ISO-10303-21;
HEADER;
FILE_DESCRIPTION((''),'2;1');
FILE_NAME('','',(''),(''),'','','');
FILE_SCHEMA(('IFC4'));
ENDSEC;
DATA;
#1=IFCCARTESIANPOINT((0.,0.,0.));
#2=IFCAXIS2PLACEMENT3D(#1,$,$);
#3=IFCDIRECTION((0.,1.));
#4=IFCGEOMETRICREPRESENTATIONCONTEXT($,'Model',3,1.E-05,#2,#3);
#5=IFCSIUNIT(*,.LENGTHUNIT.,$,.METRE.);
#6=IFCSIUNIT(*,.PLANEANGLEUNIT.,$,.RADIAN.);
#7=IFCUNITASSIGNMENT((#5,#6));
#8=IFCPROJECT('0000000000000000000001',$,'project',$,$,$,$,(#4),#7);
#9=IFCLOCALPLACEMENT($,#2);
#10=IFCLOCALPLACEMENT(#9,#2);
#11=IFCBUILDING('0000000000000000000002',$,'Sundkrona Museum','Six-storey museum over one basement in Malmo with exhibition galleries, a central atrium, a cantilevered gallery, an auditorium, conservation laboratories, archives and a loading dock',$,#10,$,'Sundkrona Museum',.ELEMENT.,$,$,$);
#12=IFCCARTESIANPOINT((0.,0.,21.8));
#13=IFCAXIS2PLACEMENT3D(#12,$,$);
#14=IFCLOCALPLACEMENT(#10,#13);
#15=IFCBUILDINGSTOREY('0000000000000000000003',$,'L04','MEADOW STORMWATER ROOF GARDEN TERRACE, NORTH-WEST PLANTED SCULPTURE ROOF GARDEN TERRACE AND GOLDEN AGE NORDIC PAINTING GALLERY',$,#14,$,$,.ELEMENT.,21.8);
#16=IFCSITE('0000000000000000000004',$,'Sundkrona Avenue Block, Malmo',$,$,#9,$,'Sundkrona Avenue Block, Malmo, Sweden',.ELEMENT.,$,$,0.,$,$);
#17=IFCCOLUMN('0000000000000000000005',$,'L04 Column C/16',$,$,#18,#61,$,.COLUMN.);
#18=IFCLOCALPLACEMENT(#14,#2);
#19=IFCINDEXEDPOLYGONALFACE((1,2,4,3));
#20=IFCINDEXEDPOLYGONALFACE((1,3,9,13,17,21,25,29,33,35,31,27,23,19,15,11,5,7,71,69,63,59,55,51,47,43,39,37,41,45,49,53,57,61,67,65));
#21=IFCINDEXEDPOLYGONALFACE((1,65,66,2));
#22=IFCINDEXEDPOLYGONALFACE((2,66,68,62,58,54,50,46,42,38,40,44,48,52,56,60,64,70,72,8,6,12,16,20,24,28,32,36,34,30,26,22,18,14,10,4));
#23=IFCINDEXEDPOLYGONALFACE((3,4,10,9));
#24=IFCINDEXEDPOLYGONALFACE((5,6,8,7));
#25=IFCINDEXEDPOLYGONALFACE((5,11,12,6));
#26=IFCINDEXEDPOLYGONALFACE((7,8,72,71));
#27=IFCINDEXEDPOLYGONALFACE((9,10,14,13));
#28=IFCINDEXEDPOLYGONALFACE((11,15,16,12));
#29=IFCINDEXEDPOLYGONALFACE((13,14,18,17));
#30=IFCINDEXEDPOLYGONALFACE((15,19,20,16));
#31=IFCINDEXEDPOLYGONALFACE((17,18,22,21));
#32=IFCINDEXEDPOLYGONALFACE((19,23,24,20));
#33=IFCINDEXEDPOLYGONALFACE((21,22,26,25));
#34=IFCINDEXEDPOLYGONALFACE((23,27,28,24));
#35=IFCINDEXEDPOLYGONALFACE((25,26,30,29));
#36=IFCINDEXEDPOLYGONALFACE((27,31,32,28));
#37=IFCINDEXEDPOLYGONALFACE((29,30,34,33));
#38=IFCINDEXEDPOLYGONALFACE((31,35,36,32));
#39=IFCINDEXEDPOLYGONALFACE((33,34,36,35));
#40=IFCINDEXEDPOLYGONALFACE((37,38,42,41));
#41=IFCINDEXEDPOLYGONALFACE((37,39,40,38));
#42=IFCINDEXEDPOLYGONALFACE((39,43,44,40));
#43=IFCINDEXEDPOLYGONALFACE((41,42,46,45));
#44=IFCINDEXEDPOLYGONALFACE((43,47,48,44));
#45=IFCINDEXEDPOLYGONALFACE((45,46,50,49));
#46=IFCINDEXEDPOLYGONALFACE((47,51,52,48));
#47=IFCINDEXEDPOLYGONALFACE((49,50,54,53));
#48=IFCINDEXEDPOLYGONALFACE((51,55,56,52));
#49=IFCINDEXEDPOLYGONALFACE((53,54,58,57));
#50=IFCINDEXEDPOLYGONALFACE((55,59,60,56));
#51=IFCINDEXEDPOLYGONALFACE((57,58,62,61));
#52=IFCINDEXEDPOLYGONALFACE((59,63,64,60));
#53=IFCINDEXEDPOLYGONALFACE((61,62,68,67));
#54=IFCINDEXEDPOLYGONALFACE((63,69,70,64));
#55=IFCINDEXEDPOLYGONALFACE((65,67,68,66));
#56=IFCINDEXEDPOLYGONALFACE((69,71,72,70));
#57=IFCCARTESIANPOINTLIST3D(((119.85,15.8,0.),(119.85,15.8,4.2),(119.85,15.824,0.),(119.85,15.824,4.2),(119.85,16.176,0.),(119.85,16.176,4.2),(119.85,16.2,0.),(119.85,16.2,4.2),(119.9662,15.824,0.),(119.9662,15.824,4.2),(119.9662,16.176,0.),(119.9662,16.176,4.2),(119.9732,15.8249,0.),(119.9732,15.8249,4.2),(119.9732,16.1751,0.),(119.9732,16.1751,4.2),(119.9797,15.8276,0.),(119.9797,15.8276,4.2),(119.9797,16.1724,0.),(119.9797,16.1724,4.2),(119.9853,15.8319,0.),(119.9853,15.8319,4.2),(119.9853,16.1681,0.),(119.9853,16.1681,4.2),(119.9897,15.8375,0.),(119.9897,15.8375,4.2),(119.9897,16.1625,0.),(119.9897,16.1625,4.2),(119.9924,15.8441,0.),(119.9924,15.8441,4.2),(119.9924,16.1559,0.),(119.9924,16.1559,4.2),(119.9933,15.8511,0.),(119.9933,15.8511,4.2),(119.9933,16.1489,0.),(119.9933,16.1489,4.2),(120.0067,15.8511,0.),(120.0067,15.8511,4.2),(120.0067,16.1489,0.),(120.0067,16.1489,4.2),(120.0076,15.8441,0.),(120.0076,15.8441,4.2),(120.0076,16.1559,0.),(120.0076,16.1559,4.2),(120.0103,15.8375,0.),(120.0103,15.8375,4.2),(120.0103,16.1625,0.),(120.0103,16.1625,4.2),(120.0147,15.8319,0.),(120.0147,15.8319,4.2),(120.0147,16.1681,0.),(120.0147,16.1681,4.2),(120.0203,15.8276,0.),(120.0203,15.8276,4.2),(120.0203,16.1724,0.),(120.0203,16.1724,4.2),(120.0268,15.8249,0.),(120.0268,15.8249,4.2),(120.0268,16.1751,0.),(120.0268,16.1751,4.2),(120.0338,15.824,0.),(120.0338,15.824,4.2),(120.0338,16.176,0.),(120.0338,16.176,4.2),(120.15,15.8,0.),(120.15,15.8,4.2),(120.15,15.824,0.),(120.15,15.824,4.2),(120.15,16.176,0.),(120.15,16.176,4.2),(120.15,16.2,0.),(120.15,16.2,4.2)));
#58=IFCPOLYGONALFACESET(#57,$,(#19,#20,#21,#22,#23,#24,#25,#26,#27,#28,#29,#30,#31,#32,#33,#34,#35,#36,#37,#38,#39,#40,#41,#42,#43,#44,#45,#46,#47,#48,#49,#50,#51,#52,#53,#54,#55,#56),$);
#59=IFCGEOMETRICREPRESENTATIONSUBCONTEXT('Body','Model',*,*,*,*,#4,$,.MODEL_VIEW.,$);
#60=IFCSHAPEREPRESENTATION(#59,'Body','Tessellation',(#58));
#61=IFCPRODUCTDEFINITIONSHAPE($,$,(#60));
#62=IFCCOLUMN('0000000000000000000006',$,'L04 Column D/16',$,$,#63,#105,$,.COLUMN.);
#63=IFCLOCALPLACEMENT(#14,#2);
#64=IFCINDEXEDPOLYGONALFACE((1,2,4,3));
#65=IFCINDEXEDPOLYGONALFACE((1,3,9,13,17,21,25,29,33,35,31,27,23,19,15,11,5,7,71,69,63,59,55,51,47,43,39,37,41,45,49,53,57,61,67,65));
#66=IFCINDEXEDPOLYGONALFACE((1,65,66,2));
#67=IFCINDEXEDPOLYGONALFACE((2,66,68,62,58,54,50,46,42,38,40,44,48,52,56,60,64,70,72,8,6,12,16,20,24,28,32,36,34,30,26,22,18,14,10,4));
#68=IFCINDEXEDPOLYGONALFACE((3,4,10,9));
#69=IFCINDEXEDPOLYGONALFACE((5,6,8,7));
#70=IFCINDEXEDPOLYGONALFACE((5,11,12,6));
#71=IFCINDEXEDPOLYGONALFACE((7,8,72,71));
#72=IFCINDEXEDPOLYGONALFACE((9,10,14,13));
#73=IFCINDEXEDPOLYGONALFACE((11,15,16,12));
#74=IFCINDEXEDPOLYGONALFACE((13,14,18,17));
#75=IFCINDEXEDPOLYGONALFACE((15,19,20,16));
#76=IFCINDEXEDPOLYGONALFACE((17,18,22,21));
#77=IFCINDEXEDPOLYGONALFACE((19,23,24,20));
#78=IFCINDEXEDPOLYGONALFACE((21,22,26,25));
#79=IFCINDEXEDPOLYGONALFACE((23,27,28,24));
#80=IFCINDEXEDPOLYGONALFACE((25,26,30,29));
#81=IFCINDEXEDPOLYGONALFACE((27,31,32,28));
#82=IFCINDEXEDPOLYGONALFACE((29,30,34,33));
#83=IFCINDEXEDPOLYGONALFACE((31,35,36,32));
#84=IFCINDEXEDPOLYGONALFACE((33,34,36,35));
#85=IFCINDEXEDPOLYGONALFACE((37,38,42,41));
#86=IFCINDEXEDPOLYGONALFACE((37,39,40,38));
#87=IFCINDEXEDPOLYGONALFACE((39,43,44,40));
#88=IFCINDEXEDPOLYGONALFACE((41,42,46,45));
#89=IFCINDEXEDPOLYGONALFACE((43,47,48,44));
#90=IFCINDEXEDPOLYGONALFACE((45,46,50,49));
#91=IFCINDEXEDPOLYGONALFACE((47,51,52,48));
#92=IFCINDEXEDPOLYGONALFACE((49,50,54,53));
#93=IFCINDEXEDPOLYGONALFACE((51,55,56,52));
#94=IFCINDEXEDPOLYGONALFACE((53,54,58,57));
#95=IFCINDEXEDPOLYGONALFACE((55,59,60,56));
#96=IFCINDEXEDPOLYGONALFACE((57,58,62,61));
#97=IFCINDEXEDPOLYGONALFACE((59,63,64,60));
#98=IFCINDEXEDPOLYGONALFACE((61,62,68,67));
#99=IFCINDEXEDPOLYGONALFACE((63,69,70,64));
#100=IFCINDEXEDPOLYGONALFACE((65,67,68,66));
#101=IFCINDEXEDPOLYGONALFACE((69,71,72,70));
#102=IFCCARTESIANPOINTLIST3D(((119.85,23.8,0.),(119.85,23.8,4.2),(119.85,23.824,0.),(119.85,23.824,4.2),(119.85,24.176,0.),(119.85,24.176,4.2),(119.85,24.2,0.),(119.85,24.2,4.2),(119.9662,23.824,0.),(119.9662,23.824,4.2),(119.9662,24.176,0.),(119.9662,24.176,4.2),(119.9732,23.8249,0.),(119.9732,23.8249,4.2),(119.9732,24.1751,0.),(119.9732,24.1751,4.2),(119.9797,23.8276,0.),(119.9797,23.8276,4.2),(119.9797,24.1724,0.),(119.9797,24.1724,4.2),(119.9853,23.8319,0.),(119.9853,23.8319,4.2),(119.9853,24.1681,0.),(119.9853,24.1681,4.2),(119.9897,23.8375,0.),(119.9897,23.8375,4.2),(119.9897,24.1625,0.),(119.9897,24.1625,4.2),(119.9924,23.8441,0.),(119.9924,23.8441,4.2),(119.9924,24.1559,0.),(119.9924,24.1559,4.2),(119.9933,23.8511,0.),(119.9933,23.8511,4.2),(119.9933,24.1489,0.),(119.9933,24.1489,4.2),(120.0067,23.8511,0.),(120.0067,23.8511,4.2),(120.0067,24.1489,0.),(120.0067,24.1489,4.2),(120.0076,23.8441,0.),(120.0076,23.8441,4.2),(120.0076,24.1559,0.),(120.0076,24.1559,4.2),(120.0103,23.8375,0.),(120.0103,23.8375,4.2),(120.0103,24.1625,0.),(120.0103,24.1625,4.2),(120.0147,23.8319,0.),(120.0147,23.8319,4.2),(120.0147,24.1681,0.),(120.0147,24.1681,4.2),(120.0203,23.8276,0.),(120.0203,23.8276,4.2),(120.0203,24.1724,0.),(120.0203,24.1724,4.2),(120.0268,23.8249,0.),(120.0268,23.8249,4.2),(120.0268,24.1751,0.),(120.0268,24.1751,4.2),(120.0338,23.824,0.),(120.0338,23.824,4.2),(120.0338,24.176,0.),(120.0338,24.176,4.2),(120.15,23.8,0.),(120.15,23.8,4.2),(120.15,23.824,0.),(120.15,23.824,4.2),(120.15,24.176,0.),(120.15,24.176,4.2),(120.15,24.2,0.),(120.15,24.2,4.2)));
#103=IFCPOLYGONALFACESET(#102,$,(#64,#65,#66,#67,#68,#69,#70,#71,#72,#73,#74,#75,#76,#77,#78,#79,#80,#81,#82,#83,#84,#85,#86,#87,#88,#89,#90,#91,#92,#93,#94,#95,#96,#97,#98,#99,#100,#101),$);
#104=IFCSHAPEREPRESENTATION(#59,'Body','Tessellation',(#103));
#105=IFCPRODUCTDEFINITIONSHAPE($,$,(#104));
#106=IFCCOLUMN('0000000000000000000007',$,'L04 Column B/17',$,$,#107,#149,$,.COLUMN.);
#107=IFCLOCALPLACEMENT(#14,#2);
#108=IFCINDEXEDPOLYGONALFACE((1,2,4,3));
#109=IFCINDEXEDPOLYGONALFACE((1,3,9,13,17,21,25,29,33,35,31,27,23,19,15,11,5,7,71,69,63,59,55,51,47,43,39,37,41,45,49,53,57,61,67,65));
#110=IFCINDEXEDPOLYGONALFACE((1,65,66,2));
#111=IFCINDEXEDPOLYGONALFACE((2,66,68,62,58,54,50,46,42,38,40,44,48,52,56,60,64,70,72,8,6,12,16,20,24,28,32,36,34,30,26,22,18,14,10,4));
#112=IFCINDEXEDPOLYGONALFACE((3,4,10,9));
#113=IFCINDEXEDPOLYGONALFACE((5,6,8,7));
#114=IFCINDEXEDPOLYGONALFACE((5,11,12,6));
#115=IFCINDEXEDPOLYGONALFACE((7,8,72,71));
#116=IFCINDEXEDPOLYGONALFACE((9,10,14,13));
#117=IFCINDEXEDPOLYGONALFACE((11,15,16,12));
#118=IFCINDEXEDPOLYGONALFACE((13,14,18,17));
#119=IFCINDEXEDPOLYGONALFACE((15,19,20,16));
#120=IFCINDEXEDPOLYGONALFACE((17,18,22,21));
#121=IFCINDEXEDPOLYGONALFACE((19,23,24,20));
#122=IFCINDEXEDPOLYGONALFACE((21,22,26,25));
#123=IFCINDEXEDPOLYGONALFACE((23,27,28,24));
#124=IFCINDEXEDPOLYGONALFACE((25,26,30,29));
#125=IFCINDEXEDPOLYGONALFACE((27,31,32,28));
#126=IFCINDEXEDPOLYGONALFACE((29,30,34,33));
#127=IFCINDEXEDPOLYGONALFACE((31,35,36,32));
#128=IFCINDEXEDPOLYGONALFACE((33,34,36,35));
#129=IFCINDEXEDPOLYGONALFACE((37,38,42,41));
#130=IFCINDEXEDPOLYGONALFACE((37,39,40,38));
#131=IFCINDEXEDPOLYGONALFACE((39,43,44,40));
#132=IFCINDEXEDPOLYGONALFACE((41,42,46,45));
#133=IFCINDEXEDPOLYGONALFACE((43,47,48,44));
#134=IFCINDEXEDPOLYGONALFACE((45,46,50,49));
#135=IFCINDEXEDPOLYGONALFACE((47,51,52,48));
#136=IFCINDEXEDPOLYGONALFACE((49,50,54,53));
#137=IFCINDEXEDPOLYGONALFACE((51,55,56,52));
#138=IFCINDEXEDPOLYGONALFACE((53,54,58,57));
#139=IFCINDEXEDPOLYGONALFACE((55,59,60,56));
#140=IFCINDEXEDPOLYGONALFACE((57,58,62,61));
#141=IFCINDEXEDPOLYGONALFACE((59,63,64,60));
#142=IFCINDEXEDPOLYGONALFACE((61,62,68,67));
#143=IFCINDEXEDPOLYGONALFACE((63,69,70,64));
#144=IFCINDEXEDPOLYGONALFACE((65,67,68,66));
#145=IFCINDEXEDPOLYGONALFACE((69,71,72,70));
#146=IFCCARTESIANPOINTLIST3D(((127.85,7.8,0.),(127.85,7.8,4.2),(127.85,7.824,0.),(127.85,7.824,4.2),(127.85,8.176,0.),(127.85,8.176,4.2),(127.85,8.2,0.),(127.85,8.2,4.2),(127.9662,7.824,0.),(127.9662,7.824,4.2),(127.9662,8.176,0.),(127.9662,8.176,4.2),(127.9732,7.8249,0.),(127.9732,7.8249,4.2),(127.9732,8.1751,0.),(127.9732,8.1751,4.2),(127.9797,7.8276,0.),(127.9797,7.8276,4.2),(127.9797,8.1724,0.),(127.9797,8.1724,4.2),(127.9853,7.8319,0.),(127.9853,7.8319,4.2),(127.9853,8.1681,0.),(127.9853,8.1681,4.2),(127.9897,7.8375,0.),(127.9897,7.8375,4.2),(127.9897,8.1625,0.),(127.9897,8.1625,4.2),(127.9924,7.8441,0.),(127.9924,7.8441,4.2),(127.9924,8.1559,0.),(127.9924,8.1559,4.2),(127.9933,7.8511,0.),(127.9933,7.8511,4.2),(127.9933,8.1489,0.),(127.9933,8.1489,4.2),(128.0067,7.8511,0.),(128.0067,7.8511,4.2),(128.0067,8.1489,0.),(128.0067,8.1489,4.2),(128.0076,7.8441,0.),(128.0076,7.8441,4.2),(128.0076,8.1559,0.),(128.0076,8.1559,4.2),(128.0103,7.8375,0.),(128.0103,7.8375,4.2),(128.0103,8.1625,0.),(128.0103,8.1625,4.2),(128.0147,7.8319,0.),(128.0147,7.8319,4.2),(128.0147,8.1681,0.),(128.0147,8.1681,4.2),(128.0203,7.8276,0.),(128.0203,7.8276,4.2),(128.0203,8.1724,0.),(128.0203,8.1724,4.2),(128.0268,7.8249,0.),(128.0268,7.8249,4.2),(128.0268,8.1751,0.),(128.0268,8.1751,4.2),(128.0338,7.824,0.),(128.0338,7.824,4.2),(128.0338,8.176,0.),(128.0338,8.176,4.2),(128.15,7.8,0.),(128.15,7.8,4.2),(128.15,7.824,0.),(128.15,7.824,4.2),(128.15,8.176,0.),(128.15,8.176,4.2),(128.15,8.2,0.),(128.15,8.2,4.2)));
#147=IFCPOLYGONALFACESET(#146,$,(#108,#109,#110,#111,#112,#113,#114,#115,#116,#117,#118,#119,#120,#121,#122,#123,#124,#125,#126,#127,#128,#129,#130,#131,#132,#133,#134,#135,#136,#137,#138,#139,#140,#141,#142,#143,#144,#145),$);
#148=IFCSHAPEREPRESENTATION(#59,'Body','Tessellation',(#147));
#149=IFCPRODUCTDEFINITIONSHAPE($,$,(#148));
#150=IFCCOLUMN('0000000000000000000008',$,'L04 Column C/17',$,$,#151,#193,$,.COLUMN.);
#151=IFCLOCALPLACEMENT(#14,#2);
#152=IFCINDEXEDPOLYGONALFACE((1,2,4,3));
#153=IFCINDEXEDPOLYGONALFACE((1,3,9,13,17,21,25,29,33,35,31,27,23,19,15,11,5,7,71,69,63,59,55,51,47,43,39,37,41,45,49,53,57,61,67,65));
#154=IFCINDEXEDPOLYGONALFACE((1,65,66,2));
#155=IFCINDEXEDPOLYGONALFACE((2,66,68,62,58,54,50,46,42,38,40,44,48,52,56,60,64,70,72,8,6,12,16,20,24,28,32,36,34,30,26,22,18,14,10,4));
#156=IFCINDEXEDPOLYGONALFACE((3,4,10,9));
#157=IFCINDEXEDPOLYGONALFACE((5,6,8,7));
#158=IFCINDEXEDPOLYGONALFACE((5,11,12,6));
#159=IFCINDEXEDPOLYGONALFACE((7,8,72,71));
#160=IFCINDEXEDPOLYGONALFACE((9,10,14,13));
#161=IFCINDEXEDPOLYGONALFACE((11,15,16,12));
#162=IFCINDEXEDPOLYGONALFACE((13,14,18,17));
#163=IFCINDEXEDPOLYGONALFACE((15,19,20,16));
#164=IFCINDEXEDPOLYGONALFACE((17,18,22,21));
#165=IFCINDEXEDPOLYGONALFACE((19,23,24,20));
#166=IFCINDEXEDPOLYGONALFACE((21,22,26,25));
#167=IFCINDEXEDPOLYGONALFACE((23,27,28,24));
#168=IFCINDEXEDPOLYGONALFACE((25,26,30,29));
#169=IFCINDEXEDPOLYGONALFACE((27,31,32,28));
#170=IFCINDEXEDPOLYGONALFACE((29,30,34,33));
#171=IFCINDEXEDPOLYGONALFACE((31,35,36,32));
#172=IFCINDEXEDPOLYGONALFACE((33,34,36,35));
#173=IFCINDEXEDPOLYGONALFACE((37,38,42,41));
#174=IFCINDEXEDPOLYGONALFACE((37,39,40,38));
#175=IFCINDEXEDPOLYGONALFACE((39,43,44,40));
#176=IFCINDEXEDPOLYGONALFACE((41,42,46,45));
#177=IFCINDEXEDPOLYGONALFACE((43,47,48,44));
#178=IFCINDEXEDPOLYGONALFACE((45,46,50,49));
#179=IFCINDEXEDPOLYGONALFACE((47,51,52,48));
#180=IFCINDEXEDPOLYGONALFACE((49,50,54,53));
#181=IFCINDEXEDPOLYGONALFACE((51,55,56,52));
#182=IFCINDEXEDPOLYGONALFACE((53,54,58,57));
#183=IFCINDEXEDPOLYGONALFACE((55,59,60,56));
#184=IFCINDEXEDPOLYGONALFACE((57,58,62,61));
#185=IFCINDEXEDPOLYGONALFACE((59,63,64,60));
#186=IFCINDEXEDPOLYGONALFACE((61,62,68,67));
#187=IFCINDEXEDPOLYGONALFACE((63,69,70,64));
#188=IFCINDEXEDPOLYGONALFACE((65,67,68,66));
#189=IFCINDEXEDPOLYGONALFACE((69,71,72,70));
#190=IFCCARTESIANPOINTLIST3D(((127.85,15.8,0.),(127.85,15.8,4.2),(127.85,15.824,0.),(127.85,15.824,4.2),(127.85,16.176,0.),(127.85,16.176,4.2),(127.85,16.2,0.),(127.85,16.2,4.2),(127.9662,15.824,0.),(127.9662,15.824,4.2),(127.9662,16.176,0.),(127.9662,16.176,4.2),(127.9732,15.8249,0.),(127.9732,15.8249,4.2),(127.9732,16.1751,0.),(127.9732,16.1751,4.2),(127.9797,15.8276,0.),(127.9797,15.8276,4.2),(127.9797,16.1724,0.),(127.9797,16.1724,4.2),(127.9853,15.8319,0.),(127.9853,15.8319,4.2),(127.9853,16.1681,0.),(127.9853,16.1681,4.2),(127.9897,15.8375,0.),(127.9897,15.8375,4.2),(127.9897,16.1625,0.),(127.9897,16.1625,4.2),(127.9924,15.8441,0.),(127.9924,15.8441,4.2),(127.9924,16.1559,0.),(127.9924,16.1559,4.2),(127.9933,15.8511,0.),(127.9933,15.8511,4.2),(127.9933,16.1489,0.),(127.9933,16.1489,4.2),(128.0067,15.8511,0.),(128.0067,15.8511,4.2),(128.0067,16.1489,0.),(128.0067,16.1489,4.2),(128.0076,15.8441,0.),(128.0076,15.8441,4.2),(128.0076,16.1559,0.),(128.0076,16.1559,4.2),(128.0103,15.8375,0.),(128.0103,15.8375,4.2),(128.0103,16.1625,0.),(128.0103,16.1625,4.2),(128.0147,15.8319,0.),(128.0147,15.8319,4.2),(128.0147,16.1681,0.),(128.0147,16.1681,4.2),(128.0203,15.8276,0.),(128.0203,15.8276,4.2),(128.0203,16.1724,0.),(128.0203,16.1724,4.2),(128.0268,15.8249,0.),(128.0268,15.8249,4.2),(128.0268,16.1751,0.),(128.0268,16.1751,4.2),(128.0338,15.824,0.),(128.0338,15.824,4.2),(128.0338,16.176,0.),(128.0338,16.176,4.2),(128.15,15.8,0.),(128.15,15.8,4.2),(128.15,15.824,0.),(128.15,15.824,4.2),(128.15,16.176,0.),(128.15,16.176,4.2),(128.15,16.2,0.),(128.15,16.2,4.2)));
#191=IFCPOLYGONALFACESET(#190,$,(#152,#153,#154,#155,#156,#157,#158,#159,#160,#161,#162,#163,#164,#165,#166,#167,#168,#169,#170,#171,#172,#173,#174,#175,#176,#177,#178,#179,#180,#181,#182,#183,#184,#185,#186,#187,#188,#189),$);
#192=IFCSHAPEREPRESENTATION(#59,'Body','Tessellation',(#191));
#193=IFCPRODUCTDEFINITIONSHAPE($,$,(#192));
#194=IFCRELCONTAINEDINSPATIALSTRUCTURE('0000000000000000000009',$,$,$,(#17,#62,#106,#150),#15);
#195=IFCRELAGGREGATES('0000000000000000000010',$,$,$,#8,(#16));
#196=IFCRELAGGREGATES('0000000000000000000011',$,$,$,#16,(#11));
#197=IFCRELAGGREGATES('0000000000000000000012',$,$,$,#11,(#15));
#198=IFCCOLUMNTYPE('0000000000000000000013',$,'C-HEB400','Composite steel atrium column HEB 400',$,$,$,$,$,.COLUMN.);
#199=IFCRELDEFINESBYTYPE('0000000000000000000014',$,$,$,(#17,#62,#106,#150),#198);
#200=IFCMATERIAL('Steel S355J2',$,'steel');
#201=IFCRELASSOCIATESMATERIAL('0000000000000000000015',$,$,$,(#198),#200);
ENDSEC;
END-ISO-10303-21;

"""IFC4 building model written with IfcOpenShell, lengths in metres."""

from ifc_helpers import new_model, si_unit, direction, frame, origin, origin_2d, place, context, subcontext, project, spatial, i_section, extrude, material, material_profile, profile_set, type_object, element, save


model = new_model("IFC4")

# Units and contexts
model_context = context("Model", 3, precision=1e-05, world=origin(), true_north=direction((0.0, 1.0)))
body_context = subcontext(model_context, "Body", "Model", "MODEL_VIEW")
ifc_project = project(units=[si_unit("LENGTHUNIT", "METRE"), si_unit("PLANEANGLEUNIT", "RADIAN")], contexts=[model_context])

# Site, building, storey
site_placement = place(None, origin())
site = spatial("IfcSite", under=ifc_project, at=site_placement, Name="Sundkrona Avenue Block, Malmo", LongName="Sundkrona Avenue Block, Malmo, Sweden", CompositionType="ELEMENT", RefElevation=0.0)
building_placement = place(site_placement, origin())
building = spatial("IfcBuilding", under=site, at=building_placement, Name="Sundkrona Museum", Description="Six-storey museum over one basement in Malmo with exhibition galleries, a central atrium, a cantilevered gallery, an auditorium, conservation laboratories, archives and a loading dock", LongName="Sundkrona Museum", CompositionType="ELEMENT")
storey_placement = place(building_placement, frame((0.0, 0.0, 21.8)))
storey = spatial("IfcBuildingStorey", under=building, at=storey_placement, Name="L04", Description="MEADOW STORMWATER ROOF GARDEN TERRACE, NORTH-WEST PLANTED SCULPTURE ROOF GARDEN TERRACE AND GOLDEN AGE NORDIC PAINTING GALLERY", CompositionType="ELEMENT", Elevation=21.8)

# Columns
ifc_material_1 = material(Name="Steel S355J2", Category="steel")
ifc_material_profile_1 = material_profile(ifc_material_1, i_section(OverallWidth=0.3, OverallDepth=0.3999, WebThickness=0.0134, FlangeThickness=0.0239, FilletRadius=0.0271, at=origin_2d()), Name="HEB 400")
ifc_profile_set_1 = profile_set([ifc_material_profile_1], Name="Steel S355J2")
column_type = type_object("IfcColumnType", Name="C-HEB400", Description="Composite steel atrium column HEB 400", PredefinedType="COLUMN", material=ifc_profile_set_1)
for number, where, z_axis, x_axis, name in (
    (1, (120.0, 16.0, 0.0), (0.0, 0.0, 1.0), (1.0, 0.0, 0.0), "L04 Column C/16"),
    (2, (120.0, 24.0, 0.0), (0.0, 0.0, 1.0), (1.0, 0.0, 0.0), "L04 Column D/16"),
    (3, (128.0, 8.0, 0.0), (0.0, 0.0, 1.0), (1.0, 0.0, 0.0), "L04 Column B/17"),
    (4, (128.0, 16.0, 0.0), (0.0, 0.0, 1.0), (1.0, 0.0, 0.0), "L04 Column C/17"),
):
    element("IfcColumn", number, at=place(storey_placement, frame(where, z_axis=z_axis, x_axis=x_axis)), inside=storey, type_object=column_type, Name=name, PredefinedType="COLUMN", context=body_context, shape_type="SweptSolid", body=[
        extrude(i_section(OverallWidth=0.3, OverallDepth=0.3999, WebThickness=0.0134, FlangeThickness=0.0239, FilletRadius=0.0271, at=origin_2d()), origin(), (0.0, 0.0, 1.0), 4.2),
    ])

save(model, "model.ifc")
